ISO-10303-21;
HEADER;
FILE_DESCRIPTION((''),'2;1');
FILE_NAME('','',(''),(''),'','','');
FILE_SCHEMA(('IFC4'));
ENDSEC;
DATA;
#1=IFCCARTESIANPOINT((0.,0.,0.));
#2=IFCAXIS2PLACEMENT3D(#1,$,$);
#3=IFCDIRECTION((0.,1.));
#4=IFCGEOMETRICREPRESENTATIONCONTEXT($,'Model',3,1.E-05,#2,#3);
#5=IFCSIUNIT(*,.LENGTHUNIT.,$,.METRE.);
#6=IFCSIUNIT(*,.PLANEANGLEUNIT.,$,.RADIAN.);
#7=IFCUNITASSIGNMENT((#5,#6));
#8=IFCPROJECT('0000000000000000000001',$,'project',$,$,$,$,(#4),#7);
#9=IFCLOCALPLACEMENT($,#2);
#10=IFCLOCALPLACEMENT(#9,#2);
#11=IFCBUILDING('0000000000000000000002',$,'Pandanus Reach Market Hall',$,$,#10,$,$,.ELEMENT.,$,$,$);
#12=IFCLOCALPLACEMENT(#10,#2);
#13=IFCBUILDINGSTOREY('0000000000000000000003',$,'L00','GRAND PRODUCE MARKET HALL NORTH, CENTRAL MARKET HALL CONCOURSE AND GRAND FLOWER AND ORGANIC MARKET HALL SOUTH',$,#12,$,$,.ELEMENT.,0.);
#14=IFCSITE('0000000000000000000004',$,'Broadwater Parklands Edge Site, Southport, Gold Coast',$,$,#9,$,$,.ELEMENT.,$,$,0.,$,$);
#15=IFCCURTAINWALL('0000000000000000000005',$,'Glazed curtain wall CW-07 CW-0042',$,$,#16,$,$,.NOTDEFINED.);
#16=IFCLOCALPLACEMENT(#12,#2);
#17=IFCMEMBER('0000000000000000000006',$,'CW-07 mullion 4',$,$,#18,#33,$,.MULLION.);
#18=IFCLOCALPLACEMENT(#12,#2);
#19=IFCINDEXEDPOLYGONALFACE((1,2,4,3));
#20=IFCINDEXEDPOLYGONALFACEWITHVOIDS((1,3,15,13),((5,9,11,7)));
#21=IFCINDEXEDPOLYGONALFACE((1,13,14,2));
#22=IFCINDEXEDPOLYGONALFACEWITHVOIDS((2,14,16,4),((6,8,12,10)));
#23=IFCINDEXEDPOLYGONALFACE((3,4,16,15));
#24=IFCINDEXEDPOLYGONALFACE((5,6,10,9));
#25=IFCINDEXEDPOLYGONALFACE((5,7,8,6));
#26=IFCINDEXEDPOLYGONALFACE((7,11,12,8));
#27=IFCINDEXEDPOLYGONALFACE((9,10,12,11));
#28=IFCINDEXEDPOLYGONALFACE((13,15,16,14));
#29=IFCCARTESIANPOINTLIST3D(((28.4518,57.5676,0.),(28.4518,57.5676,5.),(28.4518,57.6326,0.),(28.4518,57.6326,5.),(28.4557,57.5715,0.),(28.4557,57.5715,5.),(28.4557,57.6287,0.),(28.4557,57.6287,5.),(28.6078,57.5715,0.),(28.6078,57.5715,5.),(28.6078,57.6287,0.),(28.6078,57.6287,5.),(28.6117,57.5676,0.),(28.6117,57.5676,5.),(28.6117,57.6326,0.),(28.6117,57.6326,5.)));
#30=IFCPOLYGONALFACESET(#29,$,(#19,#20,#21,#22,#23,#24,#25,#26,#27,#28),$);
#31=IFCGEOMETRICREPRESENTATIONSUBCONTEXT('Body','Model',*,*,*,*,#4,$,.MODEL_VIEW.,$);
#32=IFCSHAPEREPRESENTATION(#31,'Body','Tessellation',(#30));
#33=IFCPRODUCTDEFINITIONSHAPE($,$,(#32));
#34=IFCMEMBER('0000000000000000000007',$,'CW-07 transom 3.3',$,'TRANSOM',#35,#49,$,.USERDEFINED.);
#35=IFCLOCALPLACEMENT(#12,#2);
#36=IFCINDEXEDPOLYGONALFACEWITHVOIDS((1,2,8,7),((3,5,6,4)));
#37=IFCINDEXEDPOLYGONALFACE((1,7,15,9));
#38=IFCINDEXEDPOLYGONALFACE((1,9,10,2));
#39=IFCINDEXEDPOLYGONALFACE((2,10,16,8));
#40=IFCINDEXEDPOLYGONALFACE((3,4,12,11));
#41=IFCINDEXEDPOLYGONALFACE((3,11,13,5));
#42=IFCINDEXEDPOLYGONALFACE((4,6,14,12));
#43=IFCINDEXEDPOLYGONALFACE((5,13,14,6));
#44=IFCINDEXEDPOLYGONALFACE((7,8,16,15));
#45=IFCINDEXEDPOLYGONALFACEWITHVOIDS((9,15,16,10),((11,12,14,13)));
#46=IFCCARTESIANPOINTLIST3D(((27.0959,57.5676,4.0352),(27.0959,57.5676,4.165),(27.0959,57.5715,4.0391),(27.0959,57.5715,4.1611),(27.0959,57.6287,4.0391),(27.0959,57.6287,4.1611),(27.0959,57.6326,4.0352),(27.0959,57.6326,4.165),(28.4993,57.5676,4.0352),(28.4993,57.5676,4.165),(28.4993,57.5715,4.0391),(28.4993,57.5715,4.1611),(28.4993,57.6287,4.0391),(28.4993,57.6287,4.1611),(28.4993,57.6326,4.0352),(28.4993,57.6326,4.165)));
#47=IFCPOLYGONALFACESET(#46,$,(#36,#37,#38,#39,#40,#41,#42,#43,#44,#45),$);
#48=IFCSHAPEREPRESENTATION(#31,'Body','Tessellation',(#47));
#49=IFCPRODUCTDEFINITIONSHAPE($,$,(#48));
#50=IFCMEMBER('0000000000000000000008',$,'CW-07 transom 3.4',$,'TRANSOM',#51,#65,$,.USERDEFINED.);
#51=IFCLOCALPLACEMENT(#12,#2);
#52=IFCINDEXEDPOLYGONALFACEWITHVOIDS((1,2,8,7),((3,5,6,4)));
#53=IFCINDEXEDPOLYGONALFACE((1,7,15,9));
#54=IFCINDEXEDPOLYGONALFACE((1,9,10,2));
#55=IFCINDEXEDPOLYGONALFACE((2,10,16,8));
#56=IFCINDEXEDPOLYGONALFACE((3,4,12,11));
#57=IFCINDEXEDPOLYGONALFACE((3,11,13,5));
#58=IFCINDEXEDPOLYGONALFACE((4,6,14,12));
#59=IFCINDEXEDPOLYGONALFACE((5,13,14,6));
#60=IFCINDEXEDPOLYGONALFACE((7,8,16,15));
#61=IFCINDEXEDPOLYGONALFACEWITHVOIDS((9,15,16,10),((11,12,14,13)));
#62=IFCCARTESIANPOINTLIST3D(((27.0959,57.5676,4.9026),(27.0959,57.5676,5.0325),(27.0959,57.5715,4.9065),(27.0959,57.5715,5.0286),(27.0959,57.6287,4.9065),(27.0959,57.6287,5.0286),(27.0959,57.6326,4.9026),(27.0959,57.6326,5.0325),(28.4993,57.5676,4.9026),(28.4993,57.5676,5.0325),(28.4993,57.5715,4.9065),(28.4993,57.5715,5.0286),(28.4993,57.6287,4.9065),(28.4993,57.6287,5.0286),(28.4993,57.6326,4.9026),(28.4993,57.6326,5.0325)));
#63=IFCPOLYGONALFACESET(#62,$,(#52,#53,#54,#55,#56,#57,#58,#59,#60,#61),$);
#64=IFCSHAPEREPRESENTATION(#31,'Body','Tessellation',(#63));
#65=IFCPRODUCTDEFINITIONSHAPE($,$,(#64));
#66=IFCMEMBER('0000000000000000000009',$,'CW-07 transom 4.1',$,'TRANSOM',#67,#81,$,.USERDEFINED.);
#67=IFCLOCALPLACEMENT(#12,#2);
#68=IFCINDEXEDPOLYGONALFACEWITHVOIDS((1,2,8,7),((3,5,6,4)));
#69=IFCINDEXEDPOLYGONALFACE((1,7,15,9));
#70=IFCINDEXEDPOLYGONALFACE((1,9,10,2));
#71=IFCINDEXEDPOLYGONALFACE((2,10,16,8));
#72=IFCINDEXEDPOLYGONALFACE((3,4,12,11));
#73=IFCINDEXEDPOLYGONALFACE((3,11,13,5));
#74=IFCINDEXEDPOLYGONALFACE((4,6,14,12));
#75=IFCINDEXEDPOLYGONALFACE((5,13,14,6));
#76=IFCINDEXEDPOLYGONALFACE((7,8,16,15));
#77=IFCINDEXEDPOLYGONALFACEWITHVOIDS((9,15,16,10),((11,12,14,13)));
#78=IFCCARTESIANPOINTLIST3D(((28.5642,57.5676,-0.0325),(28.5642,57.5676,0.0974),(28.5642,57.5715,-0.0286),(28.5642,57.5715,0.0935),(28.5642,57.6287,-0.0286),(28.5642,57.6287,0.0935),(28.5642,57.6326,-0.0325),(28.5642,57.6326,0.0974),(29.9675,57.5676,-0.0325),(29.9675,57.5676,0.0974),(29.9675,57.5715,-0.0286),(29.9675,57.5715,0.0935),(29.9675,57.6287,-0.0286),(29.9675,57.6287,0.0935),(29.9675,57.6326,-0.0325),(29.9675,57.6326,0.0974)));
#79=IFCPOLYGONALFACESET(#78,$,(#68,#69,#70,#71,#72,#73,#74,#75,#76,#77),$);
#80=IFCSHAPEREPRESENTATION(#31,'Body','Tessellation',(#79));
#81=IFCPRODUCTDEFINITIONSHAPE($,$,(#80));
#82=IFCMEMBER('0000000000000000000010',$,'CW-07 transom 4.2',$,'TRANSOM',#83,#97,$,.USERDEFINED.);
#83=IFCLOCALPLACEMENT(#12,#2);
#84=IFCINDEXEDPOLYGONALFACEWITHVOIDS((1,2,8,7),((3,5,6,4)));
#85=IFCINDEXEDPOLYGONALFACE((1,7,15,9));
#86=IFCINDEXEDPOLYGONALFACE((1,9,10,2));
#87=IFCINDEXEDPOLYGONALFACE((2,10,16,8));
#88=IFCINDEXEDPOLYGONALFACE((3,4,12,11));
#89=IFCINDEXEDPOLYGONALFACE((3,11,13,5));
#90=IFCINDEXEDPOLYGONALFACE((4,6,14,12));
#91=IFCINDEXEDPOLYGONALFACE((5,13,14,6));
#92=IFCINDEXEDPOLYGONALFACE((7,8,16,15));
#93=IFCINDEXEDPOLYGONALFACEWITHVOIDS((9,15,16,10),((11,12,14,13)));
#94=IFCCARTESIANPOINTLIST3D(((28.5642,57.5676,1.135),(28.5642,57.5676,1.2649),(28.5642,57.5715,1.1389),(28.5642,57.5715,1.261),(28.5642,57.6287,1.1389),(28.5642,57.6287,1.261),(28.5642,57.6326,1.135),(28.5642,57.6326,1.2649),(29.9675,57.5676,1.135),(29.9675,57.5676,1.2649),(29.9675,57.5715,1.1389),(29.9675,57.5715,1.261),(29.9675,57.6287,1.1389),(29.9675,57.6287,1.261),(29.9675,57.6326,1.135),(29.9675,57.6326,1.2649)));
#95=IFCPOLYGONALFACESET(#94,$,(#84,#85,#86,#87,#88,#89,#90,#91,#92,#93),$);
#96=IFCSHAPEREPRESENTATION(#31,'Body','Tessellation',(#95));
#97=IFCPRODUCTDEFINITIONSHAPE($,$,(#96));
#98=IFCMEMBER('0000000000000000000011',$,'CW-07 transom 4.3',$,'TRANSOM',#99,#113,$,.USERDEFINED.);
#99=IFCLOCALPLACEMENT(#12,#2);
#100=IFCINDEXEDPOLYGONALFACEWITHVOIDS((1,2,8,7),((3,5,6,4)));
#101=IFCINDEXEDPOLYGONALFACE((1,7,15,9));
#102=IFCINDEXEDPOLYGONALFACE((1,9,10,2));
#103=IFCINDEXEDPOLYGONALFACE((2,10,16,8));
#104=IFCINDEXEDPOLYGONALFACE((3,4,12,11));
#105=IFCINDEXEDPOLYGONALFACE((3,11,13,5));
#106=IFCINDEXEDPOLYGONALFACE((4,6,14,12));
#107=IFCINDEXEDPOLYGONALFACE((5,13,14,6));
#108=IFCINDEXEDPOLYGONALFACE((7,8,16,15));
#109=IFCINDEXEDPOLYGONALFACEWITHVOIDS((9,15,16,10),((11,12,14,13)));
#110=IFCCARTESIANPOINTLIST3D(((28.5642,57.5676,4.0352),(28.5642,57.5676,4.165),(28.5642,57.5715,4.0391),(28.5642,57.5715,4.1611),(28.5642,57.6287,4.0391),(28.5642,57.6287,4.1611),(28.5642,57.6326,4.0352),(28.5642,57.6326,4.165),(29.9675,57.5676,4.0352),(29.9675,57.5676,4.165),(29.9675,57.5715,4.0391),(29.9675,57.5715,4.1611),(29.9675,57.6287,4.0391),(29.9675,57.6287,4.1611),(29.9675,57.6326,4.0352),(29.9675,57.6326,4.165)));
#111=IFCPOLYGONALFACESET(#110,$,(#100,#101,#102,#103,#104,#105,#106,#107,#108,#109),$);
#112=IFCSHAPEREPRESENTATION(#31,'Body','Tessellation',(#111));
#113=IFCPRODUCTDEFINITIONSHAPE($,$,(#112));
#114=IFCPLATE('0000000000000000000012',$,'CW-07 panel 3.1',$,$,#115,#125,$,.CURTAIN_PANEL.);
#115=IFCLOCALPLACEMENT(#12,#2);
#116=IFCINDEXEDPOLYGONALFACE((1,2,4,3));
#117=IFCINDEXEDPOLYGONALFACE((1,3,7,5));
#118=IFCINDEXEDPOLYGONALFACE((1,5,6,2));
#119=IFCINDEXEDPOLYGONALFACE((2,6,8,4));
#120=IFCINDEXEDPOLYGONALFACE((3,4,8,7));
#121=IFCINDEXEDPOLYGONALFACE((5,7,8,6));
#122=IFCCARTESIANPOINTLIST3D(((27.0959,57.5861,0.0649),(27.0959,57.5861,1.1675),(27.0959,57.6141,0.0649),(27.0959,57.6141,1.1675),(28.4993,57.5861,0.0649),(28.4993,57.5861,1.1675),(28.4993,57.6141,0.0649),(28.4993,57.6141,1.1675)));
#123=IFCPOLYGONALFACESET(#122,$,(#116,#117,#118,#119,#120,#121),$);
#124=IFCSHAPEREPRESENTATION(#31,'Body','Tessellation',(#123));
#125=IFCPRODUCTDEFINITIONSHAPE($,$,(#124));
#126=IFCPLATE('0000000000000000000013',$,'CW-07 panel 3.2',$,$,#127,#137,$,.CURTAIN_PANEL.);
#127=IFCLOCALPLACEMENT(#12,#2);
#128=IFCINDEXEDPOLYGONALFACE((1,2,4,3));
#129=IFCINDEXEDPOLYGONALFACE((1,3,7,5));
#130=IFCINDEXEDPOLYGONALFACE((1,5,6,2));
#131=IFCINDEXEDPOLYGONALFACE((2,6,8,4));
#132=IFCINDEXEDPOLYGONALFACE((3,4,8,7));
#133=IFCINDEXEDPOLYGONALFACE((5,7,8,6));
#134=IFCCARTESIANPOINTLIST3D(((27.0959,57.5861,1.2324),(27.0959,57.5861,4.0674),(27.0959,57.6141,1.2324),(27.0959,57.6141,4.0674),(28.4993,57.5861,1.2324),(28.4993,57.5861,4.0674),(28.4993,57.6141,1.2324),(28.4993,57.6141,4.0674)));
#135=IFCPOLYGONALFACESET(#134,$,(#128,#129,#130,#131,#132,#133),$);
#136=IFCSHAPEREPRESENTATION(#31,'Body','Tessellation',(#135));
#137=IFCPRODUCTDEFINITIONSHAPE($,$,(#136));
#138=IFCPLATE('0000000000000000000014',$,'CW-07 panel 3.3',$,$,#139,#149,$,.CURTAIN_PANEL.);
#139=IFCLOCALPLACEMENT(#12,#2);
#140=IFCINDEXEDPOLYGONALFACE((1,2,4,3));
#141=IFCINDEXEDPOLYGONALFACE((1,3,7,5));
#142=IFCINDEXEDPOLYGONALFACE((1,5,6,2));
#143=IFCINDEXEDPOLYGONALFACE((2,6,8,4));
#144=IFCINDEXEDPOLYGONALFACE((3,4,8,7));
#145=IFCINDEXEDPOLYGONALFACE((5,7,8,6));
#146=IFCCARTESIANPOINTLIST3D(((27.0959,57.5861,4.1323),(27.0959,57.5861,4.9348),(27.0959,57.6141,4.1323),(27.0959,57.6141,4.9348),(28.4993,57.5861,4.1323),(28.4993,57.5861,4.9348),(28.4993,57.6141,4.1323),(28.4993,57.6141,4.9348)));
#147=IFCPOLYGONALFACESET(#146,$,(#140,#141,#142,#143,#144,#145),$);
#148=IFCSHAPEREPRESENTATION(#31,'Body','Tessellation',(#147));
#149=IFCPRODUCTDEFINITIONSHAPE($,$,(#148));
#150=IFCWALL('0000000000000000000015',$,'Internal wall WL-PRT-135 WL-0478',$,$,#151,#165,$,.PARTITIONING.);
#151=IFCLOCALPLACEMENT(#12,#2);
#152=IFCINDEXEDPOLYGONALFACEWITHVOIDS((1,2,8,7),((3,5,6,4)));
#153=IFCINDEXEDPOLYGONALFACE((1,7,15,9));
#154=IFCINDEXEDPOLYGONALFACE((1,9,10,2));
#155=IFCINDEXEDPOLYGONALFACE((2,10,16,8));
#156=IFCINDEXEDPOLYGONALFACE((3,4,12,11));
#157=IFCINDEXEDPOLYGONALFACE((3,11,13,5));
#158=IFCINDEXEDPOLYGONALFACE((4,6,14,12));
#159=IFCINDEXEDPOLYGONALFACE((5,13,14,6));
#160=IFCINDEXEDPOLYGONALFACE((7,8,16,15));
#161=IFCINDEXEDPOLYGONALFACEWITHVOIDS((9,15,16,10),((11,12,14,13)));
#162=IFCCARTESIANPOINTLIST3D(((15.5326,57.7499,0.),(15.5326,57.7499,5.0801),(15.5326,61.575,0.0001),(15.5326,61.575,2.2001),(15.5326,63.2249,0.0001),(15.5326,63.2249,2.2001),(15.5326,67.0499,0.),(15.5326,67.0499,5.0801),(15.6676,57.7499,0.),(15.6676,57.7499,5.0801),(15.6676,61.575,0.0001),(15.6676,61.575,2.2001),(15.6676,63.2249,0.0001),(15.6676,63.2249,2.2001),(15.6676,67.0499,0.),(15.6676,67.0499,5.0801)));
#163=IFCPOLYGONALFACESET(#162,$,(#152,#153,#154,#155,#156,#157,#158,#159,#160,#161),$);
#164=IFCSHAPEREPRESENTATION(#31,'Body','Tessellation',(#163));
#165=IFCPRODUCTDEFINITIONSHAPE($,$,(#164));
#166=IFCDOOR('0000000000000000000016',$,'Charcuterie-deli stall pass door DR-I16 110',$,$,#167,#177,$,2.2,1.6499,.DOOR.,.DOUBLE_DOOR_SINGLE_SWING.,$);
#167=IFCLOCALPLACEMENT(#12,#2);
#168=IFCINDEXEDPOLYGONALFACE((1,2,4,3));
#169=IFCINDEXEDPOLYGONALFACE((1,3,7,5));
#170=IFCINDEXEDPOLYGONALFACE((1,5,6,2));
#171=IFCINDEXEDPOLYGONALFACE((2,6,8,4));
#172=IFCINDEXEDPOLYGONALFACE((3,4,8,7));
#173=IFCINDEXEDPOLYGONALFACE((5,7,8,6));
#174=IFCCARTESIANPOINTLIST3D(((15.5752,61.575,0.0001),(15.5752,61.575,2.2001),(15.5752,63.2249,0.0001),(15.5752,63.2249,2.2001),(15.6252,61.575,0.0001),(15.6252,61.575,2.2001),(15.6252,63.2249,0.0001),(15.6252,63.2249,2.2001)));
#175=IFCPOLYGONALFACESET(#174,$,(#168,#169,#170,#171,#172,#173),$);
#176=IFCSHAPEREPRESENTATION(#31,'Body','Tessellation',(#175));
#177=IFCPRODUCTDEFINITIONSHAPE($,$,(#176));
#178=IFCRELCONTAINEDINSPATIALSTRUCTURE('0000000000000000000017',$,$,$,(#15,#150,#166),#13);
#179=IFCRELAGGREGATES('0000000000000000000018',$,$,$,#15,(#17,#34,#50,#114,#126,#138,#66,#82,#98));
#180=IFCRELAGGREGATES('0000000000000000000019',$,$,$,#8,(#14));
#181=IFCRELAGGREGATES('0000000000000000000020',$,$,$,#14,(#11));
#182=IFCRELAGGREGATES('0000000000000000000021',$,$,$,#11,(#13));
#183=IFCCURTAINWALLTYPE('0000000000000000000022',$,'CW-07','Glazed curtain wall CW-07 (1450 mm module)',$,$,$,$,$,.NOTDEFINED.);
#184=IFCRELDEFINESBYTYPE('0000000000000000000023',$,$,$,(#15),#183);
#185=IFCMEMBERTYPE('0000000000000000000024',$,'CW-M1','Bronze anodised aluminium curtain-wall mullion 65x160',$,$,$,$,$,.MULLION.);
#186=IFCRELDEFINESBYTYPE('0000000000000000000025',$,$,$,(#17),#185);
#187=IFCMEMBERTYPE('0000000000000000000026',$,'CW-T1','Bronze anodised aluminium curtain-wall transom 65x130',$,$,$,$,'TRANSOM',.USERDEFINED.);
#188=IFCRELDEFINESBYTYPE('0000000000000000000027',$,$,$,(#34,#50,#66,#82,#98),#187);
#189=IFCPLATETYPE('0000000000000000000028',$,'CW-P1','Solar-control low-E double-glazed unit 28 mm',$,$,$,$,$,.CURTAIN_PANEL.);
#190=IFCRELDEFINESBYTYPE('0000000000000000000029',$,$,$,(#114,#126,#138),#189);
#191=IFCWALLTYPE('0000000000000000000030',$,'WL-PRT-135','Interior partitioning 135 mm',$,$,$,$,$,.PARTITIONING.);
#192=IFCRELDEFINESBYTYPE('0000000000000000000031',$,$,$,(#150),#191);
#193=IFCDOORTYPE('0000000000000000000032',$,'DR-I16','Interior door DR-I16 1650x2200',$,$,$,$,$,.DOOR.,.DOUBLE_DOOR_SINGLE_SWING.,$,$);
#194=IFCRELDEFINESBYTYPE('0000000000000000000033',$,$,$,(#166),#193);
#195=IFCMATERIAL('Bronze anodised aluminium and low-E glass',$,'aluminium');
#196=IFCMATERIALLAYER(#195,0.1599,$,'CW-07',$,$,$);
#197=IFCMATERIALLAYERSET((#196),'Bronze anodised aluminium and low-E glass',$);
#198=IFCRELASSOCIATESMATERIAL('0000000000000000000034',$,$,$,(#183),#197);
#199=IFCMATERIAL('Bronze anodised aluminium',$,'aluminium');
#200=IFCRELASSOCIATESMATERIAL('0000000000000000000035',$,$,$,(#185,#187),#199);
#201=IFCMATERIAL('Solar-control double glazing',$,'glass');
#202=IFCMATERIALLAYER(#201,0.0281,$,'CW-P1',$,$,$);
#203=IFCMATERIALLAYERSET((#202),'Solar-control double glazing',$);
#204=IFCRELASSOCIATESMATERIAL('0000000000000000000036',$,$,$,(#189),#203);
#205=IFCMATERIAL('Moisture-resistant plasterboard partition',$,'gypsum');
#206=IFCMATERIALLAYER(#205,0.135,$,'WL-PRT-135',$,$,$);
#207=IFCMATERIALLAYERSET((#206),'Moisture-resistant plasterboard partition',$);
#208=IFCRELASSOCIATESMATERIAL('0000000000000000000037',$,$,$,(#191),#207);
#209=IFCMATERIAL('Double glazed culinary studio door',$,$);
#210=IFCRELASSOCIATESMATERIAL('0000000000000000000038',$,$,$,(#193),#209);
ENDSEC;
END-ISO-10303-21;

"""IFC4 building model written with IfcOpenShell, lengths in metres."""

from ifc_helpers import new_model, si_unit, direction, frame, frame_2d, origin, origin_2d, place, context, subcontext, project, spatial, rectangle, hollow_rectangle, extrude, material, layer, layer_set, material_profile, profile_set, type_object, element, fill, aggregate, save


model = new_model("IFC4")

# Units and contexts
model_context = context("Model", 3, precision=1e-05, world=origin(), true_north=direction((0.0, 1.0)))
body_context = subcontext(model_context, "Body", "Model", "MODEL_VIEW")
ifc_project = project(units=[si_unit("LENGTHUNIT", "METRE"), si_unit("PLANEANGLEUNIT", "RADIAN")], contexts=[model_context])

# Site, building, storey
site_placement = place(None, origin())
site = spatial("IfcSite", under=ifc_project, at=site_placement, Name="Broadwater Parklands Edge Site, Southport, Gold Coast", CompositionType="ELEMENT", RefElevation=0.0)
building_placement = place(site_placement, origin())
building = spatial("IfcBuilding", under=site, at=building_placement, Name="Pandanus Reach Market Hall", CompositionType="ELEMENT")
storey_placement = place(building_placement, origin())
storey = spatial("IfcBuildingStorey", under=building, at=storey_placement, Name="L00", Description="GRAND PRODUCE MARKET HALL NORTH, CENTRAL MARKET HALL CONCOURSE AND GRAND FLOWER AND ORGANIC MARKET HALL SOUTH", CompositionType="ELEMENT", Elevation=0.0)

# Curtain wall, members, plates
ifc_material_1 = material(Name="Bronze anodised aluminium and low-E glass", Category="aluminium")
ifc_layer_1 = layer(ifc_material_1, 0.1599, Name="CW-07")
ifc_layer_set_1 = layer_set([ifc_layer_1], Name="Bronze anodised aluminium and low-E glass")
curtain_wall_type = type_object("IfcCurtainWallType", Name="CW-07", Description="Glazed curtain wall CW-07 (1450 mm module)", PredefinedType="NOTDEFINED", material=ifc_layer_set_1)
curtain_wall_placement = place(storey_placement, origin())
curtain_wall = element("IfcCurtainWall", 1, at=curtain_wall_placement, inside=storey, type_object=curtain_wall_type, Name="Glazed curtain wall CW-07 CW-0042", PredefinedType="NOTDEFINED")
ifc_material_2 = material(Name="Bronze anodised aluminium", Category="aluminium")
ifc_material_profile_1 = material_profile(ifc_material_2, hollow_rectangle(XDim=0.0649, YDim=0.1599, WallThickness=0.0039, at=origin_2d()), Name="ALU65x160", Category="LoadBearing")
ifc_profile_set_1 = profile_set([ifc_material_profile_1], Name="Bronze anodised aluminium")
member_type_1 = type_object("IfcMemberType", Name="CW-M1", Description="Bronze anodised aluminium curtain-wall mullion 65x160", PredefinedType="MULLION", material=ifc_profile_set_1)
member_1_placement = place(storey_placement, frame((28.5317, 57.6001, 0.0), z_axis=(0.0, 0.0, 1.0), x_axis=(0.0, 1.0, 0.0)))
member_1 = element("IfcMember", 2, at=member_1_placement, type_object=member_type_1, Name="CW-07 mullion 4", PredefinedType="MULLION", context=body_context, shape_type="SweptSolid", body=[
    extrude(hollow_rectangle(XDim=0.0649, YDim=0.1599, WallThickness=0.0039, at=origin_2d()), origin(), (0.0, 0.0, 1.0), 5.0),
])
ifc_material_profile_2 = material_profile(ifc_material_2, hollow_rectangle(XDim=0.0649, YDim=0.1299, WallThickness=0.0039, at=origin_2d()), Name="ALU65x130", Category="LoadBearing")
ifc_profile_set_2 = profile_set([ifc_material_profile_2], Name="Bronze anodised aluminium")
member_type_2 = type_object("IfcMemberType", Name="CW-T1", Description="Bronze anodised aluminium curtain-wall transom 65x130", ElementType="TRANSOM", PredefinedType="USERDEFINED", material=ifc_profile_set_2)
member_2_placement = place(storey_placement, frame((27.0959, 57.6001, 4.1001), z_axis=(1.0, 0.0, 0.0), x_axis=(0.0, 1.0, 0.0)))
member_2 = element("IfcMember", 3, at=member_2_placement, type_object=member_type_2, Name="CW-07 transom 3.3", ObjectType="TRANSOM", PredefinedType="USERDEFINED", context=body_context, shape_type="SweptSolid", body=[
    extrude(hollow_rectangle(XDim=0.0649, YDim=0.1299, WallThickness=0.0039, at=origin_2d()), origin(), (0.0, 0.0, 1.0), 1.4033),
])
member_3_placement = place(storey_placement, frame((27.0959, 57.6001, 4.9675), z_axis=(1.0, 0.0, 0.0), x_axis=(0.0, 1.0, 0.0)))
member_3 = element("IfcMember", 4, at=member_3_placement, type_object=member_type_2, Name="CW-07 transom 3.4", ObjectType="TRANSOM", PredefinedType="USERDEFINED", context=body_context, shape_type="SweptSolid", body=[
    extrude(hollow_rectangle(XDim=0.0649, YDim=0.1299, WallThickness=0.0039, at=origin_2d()), origin(), (0.0, 0.0, 1.0), 1.4033),
])
member_4_placement = place(storey_placement, frame((28.5642, 57.6001, 0.0325), z_axis=(1.0, 0.0, 0.0), x_axis=(0.0, 1.0, 0.0)))
member_4 = element("IfcMember", 5, at=member_4_placement, type_object=member_type_2, Name="CW-07 transom 4.1", ObjectType="TRANSOM", PredefinedType="USERDEFINED", context=body_context, shape_type="SweptSolid", body=[
    extrude(hollow_rectangle(XDim=0.0649, YDim=0.1299, WallThickness=0.0039, at=origin_2d()), origin(), (0.0, 0.0, 1.0), 1.4033),
])
member_5_placement = place(storey_placement, frame((28.5642, 57.6001, 1.2), z_axis=(1.0, 0.0, 0.0), x_axis=(0.0, 1.0, 0.0)))
member_5 = element("IfcMember", 6, at=member_5_placement, type_object=member_type_2, Name="CW-07 transom 4.2", ObjectType="TRANSOM", PredefinedType="USERDEFINED", context=body_context, shape_type="SweptSolid", body=[
    extrude(hollow_rectangle(XDim=0.0649, YDim=0.1299, WallThickness=0.0039, at=origin_2d()), origin(), (0.0, 0.0, 1.0), 1.4033),
])
member_6_placement = place(storey_placement, frame((28.5642, 57.6001, 4.1001), z_axis=(1.0, 0.0, 0.0), x_axis=(0.0, 1.0, 0.0)))
member_6 = element("IfcMember", 7, at=member_6_placement, type_object=member_type_2, Name="CW-07 transom 4.3", ObjectType="TRANSOM", PredefinedType="USERDEFINED", context=body_context, shape_type="SweptSolid", body=[
    extrude(hollow_rectangle(XDim=0.0649, YDim=0.1299, WallThickness=0.0039, at=origin_2d()), origin(), (0.0, 0.0, 1.0), 1.4033),
])
ifc_material_3 = material(Name="Solar-control double glazing", Category="glass")
ifc_layer_2 = layer(ifc_material_3, 0.0281, Name="CW-P1")
ifc_layer_set_2 = layer_set([ifc_layer_2], Name="Solar-control double glazing")
plate_type = type_object("IfcPlateType", Name="CW-P1", Description="Solar-control low-E double-glazed unit 28 mm", PredefinedType="CURTAIN_PANEL", material=ifc_layer_set_2)
plate_1_placement = place(storey_placement, frame((27.7976, 57.6001, 0.0649), z_axis=(0.0, 0.0, 1.0), x_axis=(1.0, 0.0, 0.0)))
plate_1 = element("IfcPlate", 8, at=plate_1_placement, type_object=plate_type, Name="CW-07 panel 3.1", PredefinedType="CURTAIN_PANEL", context=body_context, shape_type="SweptSolid", body=[
    extrude(rectangle(XDim=1.4033, YDim=0.0281, at=origin_2d()), origin(), (0.0, 0.0, 1.0), 1.1025),
])
plate_2_placement = place(storey_placement, frame((27.7976, 57.6001, 1.2324), z_axis=(0.0, 0.0, 1.0), x_axis=(1.0, 0.0, 0.0)))
plate_2 = element("IfcPlate", 9, at=plate_2_placement, type_object=plate_type, Name="CW-07 panel 3.2", PredefinedType="CURTAIN_PANEL", context=body_context, shape_type="SweptSolid", body=[
    extrude(rectangle(XDim=1.4033, YDim=0.0281, at=origin_2d()), origin(), (0.0, 0.0, 1.0), 2.835),
])
plate_3_placement = place(storey_placement, frame((27.7976, 57.6001, 4.1323), z_axis=(0.0, 0.0, 1.0), x_axis=(1.0, 0.0, 0.0)))
plate_3 = element("IfcPlate", 10, at=plate_3_placement, type_object=plate_type, Name="CW-07 panel 3.3", PredefinedType="CURTAIN_PANEL", context=body_context, shape_type="SweptSolid", body=[
    extrude(rectangle(XDim=1.4033, YDim=0.0281, at=origin_2d()), origin(), (0.0, 0.0, 1.0), 0.8025),
])
aggregate(curtain_wall, [member_1, member_2, member_3, plate_1, plate_2, plate_3, member_4, member_5, member_6])

# Wall, opening, door
ifc_material_4 = material(Name="Moisture-resistant plasterboard partition", Category="gypsum")
ifc_layer_3 = layer(ifc_material_4, 0.135, Name="WL-PRT-135")
ifc_layer_set_3 = layer_set([ifc_layer_3], Name="Moisture-resistant plasterboard partition")
wall_type = type_object("IfcWallType", Name="WL-PRT-135", Description="Interior partitioning 135 mm", PredefinedType="PARTITIONING", material=ifc_layer_set_3)
wall_placement = place(storey_placement, frame((15.6001, 57.75, 0.0), z_axis=(0.0, 0.0, 1.0), x_axis=(0.0, 1.0, 0.0)))
wall = element("IfcWall", 11, at=wall_placement, inside=storey, type_object=wall_type, Name="Internal wall WL-PRT-135 WL-0478", PredefinedType="PARTITIONING", context=body_context, shape_type="SweptSolid", body=[
    extrude(rectangle(XDim=9.3, YDim=0.135, at=frame_2d((4.6499, 0.0))), origin(), (0.0, 0.0, 1.0), 5.0801),
])
opening_placement = place(wall_placement, frame((3.825, 0.0, 0.0)))
opening = element("IfcOpeningElement", 12, at=opening_placement, cuts=wall, PredefinedType="OPENING", context=body_context, shape_type="SweptSolid", body=[
    extrude(rectangle(XDim=1.6499, YDim=2.2, at=frame_2d((0.825, 1.1001))), frame((0.0, 0.0825, 0.0), z_axis=(0.0, -1.0, 0.0), x_axis=(1.0, 0.0, 0.0)), (0.0, 0.0, 1.0), 0.165),
])
ifc_material_5 = material(Name="Double glazed culinary studio door")
door_type = type_object("IfcDoorType", Name="DR-I16", Description="Interior door DR-I16 1650x2200", OperationType="DOUBLE_DOOR_SINGLE_SWING", PredefinedType="DOOR", material=ifc_material_5)
door_placement = place(opening_placement, origin())
door = element("IfcDoor", 13, at=door_placement, inside=storey, type_object=door_type, Name="Charcuterie-deli stall pass door DR-I16 110", OperationType="DOUBLE_DOOR_SINGLE_SWING", OverallHeight=2.2, OverallWidth=1.6499, PredefinedType="DOOR", context=body_context, shape_type="SweptSolid", body=[
    extrude(rectangle(XDim=1.6499, YDim=2.2, at=frame_2d((0.825, 1.1001))), frame((0.0, 0.0249, 0.0), z_axis=(0.0, -1.0, 0.0), x_axis=(1.0, 0.0, 0.0)), (0.0, 0.0, 1.0), 0.05),
])
fill(opening, door)

save(model, "model.ifc")
